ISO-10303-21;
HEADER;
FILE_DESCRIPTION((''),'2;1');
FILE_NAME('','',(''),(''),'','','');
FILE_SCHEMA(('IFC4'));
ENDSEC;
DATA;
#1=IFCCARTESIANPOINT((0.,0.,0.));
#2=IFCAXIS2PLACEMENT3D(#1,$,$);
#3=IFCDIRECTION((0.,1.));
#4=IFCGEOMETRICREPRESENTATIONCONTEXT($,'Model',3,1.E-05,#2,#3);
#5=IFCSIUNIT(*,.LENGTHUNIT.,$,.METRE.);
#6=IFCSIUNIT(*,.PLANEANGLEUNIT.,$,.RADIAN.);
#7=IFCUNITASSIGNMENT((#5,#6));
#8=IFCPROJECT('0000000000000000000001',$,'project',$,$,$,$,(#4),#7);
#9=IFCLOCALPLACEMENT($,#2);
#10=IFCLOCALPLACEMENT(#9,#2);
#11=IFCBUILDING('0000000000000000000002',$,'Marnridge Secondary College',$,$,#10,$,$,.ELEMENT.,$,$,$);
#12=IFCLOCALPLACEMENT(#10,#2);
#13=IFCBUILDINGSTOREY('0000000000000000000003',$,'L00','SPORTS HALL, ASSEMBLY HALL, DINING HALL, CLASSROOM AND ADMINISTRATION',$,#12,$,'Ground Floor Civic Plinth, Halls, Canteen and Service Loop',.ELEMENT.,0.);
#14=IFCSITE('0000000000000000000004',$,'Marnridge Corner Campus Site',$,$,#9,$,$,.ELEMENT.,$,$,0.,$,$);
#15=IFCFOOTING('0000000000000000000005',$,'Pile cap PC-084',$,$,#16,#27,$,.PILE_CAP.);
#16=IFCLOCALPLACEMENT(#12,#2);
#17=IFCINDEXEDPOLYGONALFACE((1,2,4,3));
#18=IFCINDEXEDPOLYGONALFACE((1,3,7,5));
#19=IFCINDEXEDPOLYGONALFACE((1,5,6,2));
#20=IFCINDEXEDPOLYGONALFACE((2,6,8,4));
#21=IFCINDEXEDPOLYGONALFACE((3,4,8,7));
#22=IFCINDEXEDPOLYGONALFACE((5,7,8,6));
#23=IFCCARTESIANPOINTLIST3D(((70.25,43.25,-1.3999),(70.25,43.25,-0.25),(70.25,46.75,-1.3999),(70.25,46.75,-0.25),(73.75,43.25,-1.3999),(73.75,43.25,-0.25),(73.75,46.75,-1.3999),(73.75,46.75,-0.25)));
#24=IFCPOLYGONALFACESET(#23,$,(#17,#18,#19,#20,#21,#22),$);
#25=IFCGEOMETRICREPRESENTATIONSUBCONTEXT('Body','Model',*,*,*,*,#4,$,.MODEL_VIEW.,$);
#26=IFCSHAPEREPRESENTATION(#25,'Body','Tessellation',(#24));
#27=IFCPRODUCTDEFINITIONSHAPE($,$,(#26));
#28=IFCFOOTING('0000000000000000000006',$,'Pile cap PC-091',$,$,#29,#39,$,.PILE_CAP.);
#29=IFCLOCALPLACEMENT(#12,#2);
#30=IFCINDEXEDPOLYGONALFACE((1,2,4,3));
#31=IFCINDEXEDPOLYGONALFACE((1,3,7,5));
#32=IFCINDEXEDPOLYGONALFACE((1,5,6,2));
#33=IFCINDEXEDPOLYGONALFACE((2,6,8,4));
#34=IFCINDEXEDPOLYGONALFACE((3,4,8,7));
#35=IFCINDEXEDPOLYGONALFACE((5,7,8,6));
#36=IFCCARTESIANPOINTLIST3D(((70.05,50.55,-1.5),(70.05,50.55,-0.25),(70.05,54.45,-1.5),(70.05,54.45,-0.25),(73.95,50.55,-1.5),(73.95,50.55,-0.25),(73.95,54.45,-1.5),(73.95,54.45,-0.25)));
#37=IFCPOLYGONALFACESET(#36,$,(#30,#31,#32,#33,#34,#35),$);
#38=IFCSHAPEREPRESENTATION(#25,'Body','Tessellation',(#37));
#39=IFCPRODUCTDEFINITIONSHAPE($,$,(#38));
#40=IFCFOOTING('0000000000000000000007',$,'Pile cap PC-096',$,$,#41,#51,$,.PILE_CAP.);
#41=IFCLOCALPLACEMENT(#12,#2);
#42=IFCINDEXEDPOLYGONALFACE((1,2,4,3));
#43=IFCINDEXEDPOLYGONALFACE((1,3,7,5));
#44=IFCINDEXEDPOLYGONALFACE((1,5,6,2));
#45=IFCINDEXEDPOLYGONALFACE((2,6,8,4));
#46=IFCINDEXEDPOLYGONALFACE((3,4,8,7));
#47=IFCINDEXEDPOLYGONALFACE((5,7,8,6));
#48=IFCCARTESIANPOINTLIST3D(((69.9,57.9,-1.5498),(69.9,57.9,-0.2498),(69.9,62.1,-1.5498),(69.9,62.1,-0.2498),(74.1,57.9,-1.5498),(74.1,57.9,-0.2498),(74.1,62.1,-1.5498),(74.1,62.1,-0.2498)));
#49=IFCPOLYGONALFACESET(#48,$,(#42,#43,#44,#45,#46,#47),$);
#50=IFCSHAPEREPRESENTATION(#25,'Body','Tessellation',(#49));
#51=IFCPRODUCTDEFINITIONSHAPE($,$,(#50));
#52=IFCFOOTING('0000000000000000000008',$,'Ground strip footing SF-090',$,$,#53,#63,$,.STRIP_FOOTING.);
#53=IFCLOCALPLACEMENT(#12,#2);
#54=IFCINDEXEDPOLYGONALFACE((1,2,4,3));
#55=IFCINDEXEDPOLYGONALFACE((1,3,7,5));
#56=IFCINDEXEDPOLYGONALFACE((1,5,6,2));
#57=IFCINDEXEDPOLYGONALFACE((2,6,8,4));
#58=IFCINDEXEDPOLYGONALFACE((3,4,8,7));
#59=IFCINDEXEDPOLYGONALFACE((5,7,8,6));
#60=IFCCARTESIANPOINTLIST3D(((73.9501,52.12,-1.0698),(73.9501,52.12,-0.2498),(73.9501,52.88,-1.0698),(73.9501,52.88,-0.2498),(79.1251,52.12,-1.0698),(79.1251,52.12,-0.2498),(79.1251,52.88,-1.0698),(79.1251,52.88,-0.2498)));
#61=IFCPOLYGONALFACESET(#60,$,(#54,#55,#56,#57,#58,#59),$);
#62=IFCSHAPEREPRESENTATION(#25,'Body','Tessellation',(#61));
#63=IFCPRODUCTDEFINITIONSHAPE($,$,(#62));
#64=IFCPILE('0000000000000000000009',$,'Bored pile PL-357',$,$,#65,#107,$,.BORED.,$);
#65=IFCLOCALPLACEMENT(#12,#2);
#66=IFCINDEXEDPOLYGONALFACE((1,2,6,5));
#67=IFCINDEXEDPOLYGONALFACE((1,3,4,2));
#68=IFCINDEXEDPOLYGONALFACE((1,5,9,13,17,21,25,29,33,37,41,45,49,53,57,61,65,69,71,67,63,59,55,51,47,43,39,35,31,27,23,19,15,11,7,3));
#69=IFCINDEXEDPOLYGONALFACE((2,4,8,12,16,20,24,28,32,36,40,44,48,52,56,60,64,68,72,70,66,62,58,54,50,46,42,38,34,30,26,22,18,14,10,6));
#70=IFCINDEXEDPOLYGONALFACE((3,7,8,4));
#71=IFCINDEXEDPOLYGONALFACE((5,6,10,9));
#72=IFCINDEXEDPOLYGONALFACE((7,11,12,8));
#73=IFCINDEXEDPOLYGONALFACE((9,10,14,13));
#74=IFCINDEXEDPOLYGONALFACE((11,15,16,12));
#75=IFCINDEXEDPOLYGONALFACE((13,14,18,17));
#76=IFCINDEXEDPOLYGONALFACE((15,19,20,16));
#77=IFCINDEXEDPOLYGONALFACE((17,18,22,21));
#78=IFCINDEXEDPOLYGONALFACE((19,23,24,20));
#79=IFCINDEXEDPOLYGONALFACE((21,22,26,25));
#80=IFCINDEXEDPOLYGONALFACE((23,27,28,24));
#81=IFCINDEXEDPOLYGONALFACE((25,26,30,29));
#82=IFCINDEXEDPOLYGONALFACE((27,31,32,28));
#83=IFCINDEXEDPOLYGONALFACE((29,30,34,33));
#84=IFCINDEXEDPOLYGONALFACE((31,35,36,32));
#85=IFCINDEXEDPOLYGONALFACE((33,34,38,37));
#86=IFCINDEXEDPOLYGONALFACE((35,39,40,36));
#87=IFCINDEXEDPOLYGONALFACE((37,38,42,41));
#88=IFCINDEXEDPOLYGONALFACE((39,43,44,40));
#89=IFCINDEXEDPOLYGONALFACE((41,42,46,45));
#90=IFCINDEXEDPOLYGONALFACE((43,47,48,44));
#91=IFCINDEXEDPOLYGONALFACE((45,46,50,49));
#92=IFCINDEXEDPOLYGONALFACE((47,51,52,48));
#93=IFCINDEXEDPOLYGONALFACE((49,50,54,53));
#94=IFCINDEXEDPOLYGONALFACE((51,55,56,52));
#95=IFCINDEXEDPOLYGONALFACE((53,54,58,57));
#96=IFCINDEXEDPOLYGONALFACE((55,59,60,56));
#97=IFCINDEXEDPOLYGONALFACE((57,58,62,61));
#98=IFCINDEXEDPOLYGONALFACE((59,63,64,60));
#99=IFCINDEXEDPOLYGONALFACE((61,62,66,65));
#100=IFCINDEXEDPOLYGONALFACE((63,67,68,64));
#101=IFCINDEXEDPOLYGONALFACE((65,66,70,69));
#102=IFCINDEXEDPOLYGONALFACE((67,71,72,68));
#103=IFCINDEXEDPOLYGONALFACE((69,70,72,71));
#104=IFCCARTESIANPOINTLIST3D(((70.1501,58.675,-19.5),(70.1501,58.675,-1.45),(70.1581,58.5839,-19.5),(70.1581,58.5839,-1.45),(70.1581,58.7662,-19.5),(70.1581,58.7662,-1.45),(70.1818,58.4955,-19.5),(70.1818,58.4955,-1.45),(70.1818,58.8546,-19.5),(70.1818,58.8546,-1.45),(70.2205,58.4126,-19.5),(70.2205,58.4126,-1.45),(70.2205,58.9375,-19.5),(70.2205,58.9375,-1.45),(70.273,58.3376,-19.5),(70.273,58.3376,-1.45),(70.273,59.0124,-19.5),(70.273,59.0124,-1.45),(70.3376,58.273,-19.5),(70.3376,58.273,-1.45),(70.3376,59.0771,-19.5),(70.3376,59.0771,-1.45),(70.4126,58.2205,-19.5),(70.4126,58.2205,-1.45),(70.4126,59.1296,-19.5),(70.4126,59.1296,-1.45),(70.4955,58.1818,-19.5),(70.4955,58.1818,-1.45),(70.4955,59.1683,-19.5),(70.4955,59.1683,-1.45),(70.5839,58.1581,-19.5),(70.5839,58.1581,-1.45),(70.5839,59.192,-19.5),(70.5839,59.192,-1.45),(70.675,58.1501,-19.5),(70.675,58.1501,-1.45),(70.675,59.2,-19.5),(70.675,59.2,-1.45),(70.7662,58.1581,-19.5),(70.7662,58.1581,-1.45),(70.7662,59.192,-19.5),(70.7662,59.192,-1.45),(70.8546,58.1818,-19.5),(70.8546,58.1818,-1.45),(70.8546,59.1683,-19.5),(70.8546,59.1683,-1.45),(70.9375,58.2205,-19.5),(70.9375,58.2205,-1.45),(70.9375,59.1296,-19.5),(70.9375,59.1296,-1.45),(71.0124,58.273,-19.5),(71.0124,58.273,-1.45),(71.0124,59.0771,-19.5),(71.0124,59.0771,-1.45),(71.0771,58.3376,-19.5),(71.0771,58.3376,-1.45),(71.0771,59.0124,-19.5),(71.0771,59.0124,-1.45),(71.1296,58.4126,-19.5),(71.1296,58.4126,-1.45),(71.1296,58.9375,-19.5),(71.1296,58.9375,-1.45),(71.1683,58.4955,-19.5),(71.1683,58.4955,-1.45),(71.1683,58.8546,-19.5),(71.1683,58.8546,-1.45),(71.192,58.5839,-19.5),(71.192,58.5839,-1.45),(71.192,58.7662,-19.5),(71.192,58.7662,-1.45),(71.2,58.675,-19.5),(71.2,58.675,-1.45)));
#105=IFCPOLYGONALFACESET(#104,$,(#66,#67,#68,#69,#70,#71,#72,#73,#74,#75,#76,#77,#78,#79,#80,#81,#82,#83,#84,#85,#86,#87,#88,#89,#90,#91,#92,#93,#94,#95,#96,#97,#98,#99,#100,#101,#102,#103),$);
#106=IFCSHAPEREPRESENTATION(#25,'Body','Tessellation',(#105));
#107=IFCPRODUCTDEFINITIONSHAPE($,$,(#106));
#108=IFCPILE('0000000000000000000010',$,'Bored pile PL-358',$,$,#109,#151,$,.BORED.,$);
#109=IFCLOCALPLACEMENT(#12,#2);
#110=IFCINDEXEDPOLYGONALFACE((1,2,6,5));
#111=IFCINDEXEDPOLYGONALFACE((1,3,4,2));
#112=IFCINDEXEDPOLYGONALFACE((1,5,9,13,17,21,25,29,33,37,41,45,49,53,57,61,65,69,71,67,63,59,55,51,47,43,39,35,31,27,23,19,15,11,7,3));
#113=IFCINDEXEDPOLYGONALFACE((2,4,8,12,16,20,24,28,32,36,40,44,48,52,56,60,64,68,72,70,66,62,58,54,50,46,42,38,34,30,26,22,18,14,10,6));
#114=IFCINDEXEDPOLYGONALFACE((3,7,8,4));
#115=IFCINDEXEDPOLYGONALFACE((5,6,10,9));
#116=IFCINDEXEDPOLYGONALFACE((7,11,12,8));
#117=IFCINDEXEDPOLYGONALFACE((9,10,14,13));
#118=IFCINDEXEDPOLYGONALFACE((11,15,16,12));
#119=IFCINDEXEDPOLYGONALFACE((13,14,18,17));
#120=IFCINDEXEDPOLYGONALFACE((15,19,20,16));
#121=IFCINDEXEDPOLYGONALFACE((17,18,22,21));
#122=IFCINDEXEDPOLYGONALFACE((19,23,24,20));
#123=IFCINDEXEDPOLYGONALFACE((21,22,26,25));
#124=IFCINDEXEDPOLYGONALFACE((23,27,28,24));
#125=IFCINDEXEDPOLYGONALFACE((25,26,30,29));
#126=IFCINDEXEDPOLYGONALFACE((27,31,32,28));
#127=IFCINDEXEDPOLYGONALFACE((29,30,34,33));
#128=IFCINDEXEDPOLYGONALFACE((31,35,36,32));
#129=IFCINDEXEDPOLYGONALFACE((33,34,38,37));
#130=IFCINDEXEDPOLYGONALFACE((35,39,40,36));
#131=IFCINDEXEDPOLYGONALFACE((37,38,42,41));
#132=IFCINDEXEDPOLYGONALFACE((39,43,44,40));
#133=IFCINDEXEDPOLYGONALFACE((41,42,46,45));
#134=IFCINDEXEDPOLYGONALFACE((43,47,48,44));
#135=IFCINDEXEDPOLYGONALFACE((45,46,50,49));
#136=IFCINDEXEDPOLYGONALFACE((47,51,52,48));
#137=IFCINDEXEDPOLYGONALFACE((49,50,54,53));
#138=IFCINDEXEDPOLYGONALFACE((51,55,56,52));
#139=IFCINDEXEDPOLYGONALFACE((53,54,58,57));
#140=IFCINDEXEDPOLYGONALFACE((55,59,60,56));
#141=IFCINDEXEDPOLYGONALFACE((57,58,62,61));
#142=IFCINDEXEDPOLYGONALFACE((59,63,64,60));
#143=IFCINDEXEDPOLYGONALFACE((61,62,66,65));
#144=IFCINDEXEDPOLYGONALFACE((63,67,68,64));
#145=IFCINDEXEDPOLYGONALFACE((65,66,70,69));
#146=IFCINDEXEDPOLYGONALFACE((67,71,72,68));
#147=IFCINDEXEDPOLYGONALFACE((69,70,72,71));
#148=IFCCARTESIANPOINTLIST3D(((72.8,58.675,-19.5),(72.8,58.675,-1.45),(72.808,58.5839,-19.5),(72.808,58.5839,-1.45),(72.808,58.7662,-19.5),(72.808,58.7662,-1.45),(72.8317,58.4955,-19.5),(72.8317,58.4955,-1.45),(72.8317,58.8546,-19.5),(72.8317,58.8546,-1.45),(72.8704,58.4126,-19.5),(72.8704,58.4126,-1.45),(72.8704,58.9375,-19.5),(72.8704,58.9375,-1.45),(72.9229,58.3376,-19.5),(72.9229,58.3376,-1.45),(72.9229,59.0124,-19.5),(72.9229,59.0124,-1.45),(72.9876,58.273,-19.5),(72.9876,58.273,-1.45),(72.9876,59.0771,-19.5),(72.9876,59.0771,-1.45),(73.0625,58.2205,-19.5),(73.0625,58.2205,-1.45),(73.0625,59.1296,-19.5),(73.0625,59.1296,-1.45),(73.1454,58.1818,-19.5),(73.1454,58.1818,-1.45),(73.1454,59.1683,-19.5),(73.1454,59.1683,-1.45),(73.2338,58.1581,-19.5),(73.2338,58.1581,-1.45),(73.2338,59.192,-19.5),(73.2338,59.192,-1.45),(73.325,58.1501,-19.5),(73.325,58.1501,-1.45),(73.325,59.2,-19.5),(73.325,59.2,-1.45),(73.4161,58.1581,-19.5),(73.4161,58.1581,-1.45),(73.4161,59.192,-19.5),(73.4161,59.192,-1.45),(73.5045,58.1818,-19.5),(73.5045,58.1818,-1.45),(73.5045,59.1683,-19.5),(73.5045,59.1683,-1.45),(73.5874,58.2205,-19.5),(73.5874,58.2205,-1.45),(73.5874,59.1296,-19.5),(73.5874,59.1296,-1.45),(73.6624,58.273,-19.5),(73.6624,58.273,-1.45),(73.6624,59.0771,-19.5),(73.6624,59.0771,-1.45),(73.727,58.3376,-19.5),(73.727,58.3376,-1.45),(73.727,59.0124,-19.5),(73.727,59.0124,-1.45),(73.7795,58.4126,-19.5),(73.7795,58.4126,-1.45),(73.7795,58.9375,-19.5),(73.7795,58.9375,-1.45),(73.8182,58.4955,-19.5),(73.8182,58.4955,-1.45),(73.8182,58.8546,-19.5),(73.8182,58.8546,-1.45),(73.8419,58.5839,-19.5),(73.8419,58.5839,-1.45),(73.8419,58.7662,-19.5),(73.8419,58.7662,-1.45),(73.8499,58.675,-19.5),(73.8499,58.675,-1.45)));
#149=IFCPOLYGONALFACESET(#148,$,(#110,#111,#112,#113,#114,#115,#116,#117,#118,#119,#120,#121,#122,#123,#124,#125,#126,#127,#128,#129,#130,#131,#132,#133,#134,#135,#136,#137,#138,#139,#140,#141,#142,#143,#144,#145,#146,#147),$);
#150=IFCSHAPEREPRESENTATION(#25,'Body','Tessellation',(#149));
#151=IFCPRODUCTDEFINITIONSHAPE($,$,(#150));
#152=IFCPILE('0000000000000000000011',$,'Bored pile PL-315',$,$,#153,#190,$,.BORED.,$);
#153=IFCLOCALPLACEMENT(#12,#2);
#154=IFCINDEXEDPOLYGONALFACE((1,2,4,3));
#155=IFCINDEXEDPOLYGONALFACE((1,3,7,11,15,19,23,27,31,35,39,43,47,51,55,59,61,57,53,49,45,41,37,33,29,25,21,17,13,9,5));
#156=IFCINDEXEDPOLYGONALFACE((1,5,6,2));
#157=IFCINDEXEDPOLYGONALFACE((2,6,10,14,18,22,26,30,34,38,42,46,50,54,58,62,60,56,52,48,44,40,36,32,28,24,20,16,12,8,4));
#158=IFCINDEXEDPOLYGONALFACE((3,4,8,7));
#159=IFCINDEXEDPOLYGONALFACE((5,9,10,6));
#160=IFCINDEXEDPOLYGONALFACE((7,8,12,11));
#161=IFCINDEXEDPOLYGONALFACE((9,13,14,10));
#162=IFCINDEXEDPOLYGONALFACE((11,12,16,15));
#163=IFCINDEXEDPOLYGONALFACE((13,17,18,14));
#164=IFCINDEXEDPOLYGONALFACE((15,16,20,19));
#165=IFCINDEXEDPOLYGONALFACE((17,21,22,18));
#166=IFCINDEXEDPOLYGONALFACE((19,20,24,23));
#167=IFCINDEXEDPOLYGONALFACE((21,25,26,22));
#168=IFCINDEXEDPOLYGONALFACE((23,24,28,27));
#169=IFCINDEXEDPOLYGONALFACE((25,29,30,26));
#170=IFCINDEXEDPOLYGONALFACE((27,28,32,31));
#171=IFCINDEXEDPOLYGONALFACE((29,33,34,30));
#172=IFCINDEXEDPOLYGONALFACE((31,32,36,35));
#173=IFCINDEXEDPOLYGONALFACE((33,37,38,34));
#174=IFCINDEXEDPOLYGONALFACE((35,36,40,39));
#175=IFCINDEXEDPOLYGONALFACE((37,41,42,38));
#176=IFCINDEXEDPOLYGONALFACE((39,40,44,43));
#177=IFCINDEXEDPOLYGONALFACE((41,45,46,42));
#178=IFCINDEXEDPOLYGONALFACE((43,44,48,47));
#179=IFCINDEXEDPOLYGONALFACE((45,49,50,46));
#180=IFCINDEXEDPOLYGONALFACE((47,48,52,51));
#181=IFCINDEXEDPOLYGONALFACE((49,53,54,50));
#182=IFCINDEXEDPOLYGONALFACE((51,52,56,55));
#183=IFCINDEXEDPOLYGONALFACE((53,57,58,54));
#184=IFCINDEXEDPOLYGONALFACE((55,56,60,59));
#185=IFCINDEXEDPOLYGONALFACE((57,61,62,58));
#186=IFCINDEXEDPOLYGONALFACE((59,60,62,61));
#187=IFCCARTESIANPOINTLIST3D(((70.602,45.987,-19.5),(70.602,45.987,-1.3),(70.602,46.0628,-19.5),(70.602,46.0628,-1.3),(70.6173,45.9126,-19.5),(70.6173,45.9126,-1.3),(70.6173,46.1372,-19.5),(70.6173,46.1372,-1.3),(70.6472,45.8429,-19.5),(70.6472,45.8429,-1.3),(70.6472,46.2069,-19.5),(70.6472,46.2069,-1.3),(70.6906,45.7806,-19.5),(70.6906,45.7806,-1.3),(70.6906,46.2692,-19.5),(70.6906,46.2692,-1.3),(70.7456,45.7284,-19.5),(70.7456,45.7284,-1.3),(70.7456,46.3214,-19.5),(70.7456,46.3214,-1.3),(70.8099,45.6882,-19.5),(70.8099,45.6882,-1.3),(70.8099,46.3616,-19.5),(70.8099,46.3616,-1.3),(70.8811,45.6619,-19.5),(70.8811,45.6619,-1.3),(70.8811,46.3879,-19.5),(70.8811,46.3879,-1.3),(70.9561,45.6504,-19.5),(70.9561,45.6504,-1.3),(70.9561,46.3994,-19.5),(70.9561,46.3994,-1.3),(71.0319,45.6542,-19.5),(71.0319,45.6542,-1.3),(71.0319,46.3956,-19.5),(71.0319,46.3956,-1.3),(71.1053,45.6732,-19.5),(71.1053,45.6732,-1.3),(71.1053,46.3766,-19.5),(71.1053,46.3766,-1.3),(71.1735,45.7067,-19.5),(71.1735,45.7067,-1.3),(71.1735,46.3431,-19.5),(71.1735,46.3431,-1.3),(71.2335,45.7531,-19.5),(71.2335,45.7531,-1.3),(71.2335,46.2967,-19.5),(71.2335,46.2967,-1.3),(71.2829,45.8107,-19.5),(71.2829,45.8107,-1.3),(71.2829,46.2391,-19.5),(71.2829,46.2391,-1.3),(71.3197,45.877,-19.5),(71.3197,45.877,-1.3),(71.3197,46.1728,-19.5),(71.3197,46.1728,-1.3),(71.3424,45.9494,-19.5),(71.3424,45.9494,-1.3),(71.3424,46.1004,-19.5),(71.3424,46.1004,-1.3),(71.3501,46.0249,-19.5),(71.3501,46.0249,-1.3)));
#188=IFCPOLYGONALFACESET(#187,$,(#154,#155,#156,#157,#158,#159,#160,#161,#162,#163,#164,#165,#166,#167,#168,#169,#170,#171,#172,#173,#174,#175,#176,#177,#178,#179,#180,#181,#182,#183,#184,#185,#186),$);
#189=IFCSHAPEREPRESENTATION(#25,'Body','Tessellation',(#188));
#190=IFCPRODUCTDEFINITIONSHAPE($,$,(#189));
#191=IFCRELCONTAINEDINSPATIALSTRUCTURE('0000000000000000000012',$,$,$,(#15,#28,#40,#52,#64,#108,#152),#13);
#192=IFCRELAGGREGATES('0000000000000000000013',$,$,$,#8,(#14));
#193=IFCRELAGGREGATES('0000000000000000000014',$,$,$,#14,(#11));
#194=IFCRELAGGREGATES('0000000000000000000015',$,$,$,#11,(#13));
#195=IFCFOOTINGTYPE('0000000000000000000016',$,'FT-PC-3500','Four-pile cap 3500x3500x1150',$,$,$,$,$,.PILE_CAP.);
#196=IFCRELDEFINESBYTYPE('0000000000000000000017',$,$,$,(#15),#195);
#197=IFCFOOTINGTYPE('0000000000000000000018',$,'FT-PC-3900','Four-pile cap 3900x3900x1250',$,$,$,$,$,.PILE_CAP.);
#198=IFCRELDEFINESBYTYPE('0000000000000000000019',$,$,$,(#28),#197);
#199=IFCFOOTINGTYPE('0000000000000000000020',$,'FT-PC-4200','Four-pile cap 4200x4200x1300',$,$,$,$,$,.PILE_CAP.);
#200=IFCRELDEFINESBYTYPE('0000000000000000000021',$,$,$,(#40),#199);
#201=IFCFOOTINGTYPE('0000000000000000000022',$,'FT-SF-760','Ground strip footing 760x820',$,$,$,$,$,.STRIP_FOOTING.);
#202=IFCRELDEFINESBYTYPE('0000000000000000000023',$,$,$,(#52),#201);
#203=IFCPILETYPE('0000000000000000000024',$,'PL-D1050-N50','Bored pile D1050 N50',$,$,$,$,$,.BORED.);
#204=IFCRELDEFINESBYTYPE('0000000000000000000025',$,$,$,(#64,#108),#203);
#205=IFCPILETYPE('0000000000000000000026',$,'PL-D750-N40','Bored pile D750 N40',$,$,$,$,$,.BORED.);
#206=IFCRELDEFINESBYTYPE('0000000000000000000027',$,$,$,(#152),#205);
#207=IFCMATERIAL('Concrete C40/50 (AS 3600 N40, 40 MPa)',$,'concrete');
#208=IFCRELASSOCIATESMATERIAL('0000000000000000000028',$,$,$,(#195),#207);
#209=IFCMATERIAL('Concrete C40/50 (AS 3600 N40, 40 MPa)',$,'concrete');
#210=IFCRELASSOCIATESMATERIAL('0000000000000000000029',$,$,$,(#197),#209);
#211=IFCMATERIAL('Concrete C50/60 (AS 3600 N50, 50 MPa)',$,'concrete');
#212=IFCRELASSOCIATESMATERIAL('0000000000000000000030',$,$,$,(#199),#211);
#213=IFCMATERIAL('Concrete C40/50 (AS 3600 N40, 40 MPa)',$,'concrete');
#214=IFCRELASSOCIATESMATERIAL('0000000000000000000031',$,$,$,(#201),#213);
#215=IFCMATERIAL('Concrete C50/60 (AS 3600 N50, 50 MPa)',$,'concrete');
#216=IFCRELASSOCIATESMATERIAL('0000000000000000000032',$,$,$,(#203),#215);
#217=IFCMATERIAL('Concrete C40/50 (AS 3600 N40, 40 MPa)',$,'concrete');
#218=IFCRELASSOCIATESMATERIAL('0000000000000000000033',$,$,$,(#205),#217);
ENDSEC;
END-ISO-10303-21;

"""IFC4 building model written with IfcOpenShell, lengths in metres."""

from ifc_helpers import new_model, si_unit, direction, frame, origin, origin_2d, place, context, subcontext, project, spatial, rectangle, circle, extrude, material, material_profile, profile_set, type_object, element, save


model = new_model("IFC4")

# Units and contexts
model_context = context("Model", 3, precision=1e-05, world=origin(), true_north=direction((0.0, 1.0)))
body_context = subcontext(model_context, "Body", "Model", "MODEL_VIEW")
ifc_project = project(units=[si_unit("LENGTHUNIT", "METRE"), si_unit("PLANEANGLEUNIT", "RADIAN")], contexts=[model_context])

# Site, building, storey
site_placement = place(None, origin())
site = spatial("IfcSite", under=ifc_project, at=site_placement, Name="Marnridge Corner Campus Site", CompositionType="ELEMENT", RefElevation=0.0)
building_placement = place(site_placement, origin())
building = spatial("IfcBuilding", under=site, at=building_placement, Name="Marnridge Secondary College", CompositionType="ELEMENT")
storey_placement = place(building_placement, origin())
storey = spatial("IfcBuildingStorey", under=building, at=storey_placement, Name="L00", Description="SPORTS HALL, ASSEMBLY HALL, DINING HALL, CLASSROOM AND ADMINISTRATION", LongName="Ground Floor Civic Plinth, Halls, Canteen and Service Loop", CompositionType="ELEMENT", Elevation=0.0)

# Footings
ifc_material_1 = material(Name="Concrete C40/50 (AS 3600 N40, 40 MPa)", Category="concrete")
footing_type_1 = type_object("IfcFootingType", Name="FT-PC-3500", Description="Four-pile cap 3500x3500x1150", PredefinedType="PILE_CAP", material=ifc_material_1)
footing_1_placement = place(storey_placement, frame((72.0, 45.0, -1.3999), z_axis=(0.0, 0.0, 1.0), x_axis=(1.0, 0.0, 0.0)))
element("IfcFooting", 1, at=footing_1_placement, inside=storey, type_object=footing_type_1, Name="Pile cap PC-084", PredefinedType="PILE_CAP", context=body_context, shape_type="SweptSolid", body=[
    extrude(rectangle(XDim=3.5, YDim=3.5, at=origin_2d()), origin(), (0.0, 0.0, 1.0), 1.1499),
])
ifc_material_2 = material(Name="Concrete C40/50 (AS 3600 N40, 40 MPa)", Category="concrete")
footing_type_2 = type_object("IfcFootingType", Name="FT-PC-3900", Description="Four-pile cap 3900x3900x1250", PredefinedType="PILE_CAP", material=ifc_material_2)
footing_2_placement = place(storey_placement, frame((72.0, 52.5, -1.5), z_axis=(0.0, 0.0, 1.0), x_axis=(1.0, 0.0, 0.0)))
element("IfcFooting", 2, at=footing_2_placement, inside=storey, type_object=footing_type_2, Name="Pile cap PC-091", PredefinedType="PILE_CAP", context=body_context, shape_type="SweptSolid", body=[
    extrude(rectangle(XDim=3.8999, YDim=3.8999, at=origin_2d()), origin(), (0.0, 0.0, 1.0), 1.25),
])
ifc_material_3 = material(Name="Concrete C50/60 (AS 3600 N50, 50 MPa)", Category="concrete")
footing_type_3 = type_object("IfcFootingType", Name="FT-PC-4200", Description="Four-pile cap 4200x4200x1300", PredefinedType="PILE_CAP", material=ifc_material_3)
footing_3_placement = place(storey_placement, frame((72.0, 60.0, -1.5498), z_axis=(0.0, 0.0, 1.0), x_axis=(1.0, 0.0, 0.0)))
element("IfcFooting", 3, at=footing_3_placement, inside=storey, type_object=footing_type_3, Name="Pile cap PC-096", PredefinedType="PILE_CAP", context=body_context, shape_type="SweptSolid", body=[
    extrude(rectangle(XDim=4.2, YDim=4.2, at=origin_2d()), origin(), (0.0, 0.0, 1.0), 1.3),
])
ifc_material_4 = material(Name="Concrete C40/50 (AS 3600 N40, 40 MPa)", Category="concrete")
footing_type_4 = type_object("IfcFootingType", Name="FT-SF-760", Description="Ground strip footing 760x820", PredefinedType="STRIP_FOOTING", material=ifc_material_4)
footing_4_placement = place(storey_placement, frame((76.5376, 52.5, -1.0698), z_axis=(0.0, 0.0, 1.0), x_axis=(1.0, 0.0, 0.0)))
element("IfcFooting", 4, at=footing_4_placement, inside=storey, type_object=footing_type_4, Name="Ground strip footing SF-090", PredefinedType="STRIP_FOOTING", context=body_context, shape_type="SweptSolid", body=[
    extrude(rectangle(XDim=5.175, YDim=0.76, at=origin_2d()), origin(), (0.0, 0.0, 1.0), 0.8201),
])

# Piles
ifc_material_5 = material(Name="Concrete C50/60 (AS 3600 N50, 50 MPa)", Category="concrete")
ifc_material_profile_1 = material_profile(ifc_material_5, circle(Radius=0.5249, at=origin_2d()), Name="PILE D1050")
ifc_profile_set_1 = profile_set([ifc_material_profile_1], Name="Concrete C50/60 (AS 3600 N50, 50 MPa)")
pile_type_1 = type_object("IfcPileType", Name="PL-D1050-N50", Description="Bored pile D1050 N50", PredefinedType="BORED", material=ifc_profile_set_1)
for number, where, z_axis, x_axis, name in (
    (5, (70.675, 58.675, -1.45), (0.0, 0.0, -1.0), (1.0, 0.0, 0.0), "Bored pile PL-357"),
    (6, (73.325, 58.675, -1.45), (0.0, 0.0, -1.0), (1.0, 0.0, 0.0), "Bored pile PL-358"),
):
    element("IfcPile", number, at=place(storey_placement, frame(where, z_axis=z_axis, x_axis=x_axis)), inside=storey, type_object=pile_type_1, Name=name, PredefinedType="BORED", context=body_context, shape_type="SweptSolid", body=[
        extrude(circle(Radius=0.5249, at=origin_2d()), origin(), (0.0, 0.0, 1.0), 18.05),
    ])
ifc_material_6 = material(Name="Concrete C40/50 (AS 3600 N40, 40 MPa)", Category="concrete")
ifc_material_profile_2 = material_profile(ifc_material_6, circle(Radius=0.375, at=origin_2d()), Name="PILE D750")
ifc_profile_set_2 = profile_set([ifc_material_profile_2], Name="Concrete C40/50 (AS 3600 N40, 40 MPa)")
pile_type_2 = type_object("IfcPileType", Name="PL-D750-N40", Description="Bored pile D750 N40", PredefinedType="BORED", material=ifc_profile_set_2)
for number, where, z_axis, x_axis, name in (
    (7, (70.9751, 46.0249, -1.3), (0.0, 0.0, -1.0), (1.0, 0.0, 0.0), "Bored pile PL-315"),
):
    element("IfcPile", number, at=place(storey_placement, frame(where, z_axis=z_axis, x_axis=x_axis)), inside=storey, type_object=pile_type_2, Name=name, PredefinedType="BORED", context=body_context, shape_type="SweptSolid", body=[
        extrude(circle(Radius=0.375, at=origin_2d()), origin(), (0.0, 0.0, 1.0), 18.2),
    ])

save(model, "model.ifc")
